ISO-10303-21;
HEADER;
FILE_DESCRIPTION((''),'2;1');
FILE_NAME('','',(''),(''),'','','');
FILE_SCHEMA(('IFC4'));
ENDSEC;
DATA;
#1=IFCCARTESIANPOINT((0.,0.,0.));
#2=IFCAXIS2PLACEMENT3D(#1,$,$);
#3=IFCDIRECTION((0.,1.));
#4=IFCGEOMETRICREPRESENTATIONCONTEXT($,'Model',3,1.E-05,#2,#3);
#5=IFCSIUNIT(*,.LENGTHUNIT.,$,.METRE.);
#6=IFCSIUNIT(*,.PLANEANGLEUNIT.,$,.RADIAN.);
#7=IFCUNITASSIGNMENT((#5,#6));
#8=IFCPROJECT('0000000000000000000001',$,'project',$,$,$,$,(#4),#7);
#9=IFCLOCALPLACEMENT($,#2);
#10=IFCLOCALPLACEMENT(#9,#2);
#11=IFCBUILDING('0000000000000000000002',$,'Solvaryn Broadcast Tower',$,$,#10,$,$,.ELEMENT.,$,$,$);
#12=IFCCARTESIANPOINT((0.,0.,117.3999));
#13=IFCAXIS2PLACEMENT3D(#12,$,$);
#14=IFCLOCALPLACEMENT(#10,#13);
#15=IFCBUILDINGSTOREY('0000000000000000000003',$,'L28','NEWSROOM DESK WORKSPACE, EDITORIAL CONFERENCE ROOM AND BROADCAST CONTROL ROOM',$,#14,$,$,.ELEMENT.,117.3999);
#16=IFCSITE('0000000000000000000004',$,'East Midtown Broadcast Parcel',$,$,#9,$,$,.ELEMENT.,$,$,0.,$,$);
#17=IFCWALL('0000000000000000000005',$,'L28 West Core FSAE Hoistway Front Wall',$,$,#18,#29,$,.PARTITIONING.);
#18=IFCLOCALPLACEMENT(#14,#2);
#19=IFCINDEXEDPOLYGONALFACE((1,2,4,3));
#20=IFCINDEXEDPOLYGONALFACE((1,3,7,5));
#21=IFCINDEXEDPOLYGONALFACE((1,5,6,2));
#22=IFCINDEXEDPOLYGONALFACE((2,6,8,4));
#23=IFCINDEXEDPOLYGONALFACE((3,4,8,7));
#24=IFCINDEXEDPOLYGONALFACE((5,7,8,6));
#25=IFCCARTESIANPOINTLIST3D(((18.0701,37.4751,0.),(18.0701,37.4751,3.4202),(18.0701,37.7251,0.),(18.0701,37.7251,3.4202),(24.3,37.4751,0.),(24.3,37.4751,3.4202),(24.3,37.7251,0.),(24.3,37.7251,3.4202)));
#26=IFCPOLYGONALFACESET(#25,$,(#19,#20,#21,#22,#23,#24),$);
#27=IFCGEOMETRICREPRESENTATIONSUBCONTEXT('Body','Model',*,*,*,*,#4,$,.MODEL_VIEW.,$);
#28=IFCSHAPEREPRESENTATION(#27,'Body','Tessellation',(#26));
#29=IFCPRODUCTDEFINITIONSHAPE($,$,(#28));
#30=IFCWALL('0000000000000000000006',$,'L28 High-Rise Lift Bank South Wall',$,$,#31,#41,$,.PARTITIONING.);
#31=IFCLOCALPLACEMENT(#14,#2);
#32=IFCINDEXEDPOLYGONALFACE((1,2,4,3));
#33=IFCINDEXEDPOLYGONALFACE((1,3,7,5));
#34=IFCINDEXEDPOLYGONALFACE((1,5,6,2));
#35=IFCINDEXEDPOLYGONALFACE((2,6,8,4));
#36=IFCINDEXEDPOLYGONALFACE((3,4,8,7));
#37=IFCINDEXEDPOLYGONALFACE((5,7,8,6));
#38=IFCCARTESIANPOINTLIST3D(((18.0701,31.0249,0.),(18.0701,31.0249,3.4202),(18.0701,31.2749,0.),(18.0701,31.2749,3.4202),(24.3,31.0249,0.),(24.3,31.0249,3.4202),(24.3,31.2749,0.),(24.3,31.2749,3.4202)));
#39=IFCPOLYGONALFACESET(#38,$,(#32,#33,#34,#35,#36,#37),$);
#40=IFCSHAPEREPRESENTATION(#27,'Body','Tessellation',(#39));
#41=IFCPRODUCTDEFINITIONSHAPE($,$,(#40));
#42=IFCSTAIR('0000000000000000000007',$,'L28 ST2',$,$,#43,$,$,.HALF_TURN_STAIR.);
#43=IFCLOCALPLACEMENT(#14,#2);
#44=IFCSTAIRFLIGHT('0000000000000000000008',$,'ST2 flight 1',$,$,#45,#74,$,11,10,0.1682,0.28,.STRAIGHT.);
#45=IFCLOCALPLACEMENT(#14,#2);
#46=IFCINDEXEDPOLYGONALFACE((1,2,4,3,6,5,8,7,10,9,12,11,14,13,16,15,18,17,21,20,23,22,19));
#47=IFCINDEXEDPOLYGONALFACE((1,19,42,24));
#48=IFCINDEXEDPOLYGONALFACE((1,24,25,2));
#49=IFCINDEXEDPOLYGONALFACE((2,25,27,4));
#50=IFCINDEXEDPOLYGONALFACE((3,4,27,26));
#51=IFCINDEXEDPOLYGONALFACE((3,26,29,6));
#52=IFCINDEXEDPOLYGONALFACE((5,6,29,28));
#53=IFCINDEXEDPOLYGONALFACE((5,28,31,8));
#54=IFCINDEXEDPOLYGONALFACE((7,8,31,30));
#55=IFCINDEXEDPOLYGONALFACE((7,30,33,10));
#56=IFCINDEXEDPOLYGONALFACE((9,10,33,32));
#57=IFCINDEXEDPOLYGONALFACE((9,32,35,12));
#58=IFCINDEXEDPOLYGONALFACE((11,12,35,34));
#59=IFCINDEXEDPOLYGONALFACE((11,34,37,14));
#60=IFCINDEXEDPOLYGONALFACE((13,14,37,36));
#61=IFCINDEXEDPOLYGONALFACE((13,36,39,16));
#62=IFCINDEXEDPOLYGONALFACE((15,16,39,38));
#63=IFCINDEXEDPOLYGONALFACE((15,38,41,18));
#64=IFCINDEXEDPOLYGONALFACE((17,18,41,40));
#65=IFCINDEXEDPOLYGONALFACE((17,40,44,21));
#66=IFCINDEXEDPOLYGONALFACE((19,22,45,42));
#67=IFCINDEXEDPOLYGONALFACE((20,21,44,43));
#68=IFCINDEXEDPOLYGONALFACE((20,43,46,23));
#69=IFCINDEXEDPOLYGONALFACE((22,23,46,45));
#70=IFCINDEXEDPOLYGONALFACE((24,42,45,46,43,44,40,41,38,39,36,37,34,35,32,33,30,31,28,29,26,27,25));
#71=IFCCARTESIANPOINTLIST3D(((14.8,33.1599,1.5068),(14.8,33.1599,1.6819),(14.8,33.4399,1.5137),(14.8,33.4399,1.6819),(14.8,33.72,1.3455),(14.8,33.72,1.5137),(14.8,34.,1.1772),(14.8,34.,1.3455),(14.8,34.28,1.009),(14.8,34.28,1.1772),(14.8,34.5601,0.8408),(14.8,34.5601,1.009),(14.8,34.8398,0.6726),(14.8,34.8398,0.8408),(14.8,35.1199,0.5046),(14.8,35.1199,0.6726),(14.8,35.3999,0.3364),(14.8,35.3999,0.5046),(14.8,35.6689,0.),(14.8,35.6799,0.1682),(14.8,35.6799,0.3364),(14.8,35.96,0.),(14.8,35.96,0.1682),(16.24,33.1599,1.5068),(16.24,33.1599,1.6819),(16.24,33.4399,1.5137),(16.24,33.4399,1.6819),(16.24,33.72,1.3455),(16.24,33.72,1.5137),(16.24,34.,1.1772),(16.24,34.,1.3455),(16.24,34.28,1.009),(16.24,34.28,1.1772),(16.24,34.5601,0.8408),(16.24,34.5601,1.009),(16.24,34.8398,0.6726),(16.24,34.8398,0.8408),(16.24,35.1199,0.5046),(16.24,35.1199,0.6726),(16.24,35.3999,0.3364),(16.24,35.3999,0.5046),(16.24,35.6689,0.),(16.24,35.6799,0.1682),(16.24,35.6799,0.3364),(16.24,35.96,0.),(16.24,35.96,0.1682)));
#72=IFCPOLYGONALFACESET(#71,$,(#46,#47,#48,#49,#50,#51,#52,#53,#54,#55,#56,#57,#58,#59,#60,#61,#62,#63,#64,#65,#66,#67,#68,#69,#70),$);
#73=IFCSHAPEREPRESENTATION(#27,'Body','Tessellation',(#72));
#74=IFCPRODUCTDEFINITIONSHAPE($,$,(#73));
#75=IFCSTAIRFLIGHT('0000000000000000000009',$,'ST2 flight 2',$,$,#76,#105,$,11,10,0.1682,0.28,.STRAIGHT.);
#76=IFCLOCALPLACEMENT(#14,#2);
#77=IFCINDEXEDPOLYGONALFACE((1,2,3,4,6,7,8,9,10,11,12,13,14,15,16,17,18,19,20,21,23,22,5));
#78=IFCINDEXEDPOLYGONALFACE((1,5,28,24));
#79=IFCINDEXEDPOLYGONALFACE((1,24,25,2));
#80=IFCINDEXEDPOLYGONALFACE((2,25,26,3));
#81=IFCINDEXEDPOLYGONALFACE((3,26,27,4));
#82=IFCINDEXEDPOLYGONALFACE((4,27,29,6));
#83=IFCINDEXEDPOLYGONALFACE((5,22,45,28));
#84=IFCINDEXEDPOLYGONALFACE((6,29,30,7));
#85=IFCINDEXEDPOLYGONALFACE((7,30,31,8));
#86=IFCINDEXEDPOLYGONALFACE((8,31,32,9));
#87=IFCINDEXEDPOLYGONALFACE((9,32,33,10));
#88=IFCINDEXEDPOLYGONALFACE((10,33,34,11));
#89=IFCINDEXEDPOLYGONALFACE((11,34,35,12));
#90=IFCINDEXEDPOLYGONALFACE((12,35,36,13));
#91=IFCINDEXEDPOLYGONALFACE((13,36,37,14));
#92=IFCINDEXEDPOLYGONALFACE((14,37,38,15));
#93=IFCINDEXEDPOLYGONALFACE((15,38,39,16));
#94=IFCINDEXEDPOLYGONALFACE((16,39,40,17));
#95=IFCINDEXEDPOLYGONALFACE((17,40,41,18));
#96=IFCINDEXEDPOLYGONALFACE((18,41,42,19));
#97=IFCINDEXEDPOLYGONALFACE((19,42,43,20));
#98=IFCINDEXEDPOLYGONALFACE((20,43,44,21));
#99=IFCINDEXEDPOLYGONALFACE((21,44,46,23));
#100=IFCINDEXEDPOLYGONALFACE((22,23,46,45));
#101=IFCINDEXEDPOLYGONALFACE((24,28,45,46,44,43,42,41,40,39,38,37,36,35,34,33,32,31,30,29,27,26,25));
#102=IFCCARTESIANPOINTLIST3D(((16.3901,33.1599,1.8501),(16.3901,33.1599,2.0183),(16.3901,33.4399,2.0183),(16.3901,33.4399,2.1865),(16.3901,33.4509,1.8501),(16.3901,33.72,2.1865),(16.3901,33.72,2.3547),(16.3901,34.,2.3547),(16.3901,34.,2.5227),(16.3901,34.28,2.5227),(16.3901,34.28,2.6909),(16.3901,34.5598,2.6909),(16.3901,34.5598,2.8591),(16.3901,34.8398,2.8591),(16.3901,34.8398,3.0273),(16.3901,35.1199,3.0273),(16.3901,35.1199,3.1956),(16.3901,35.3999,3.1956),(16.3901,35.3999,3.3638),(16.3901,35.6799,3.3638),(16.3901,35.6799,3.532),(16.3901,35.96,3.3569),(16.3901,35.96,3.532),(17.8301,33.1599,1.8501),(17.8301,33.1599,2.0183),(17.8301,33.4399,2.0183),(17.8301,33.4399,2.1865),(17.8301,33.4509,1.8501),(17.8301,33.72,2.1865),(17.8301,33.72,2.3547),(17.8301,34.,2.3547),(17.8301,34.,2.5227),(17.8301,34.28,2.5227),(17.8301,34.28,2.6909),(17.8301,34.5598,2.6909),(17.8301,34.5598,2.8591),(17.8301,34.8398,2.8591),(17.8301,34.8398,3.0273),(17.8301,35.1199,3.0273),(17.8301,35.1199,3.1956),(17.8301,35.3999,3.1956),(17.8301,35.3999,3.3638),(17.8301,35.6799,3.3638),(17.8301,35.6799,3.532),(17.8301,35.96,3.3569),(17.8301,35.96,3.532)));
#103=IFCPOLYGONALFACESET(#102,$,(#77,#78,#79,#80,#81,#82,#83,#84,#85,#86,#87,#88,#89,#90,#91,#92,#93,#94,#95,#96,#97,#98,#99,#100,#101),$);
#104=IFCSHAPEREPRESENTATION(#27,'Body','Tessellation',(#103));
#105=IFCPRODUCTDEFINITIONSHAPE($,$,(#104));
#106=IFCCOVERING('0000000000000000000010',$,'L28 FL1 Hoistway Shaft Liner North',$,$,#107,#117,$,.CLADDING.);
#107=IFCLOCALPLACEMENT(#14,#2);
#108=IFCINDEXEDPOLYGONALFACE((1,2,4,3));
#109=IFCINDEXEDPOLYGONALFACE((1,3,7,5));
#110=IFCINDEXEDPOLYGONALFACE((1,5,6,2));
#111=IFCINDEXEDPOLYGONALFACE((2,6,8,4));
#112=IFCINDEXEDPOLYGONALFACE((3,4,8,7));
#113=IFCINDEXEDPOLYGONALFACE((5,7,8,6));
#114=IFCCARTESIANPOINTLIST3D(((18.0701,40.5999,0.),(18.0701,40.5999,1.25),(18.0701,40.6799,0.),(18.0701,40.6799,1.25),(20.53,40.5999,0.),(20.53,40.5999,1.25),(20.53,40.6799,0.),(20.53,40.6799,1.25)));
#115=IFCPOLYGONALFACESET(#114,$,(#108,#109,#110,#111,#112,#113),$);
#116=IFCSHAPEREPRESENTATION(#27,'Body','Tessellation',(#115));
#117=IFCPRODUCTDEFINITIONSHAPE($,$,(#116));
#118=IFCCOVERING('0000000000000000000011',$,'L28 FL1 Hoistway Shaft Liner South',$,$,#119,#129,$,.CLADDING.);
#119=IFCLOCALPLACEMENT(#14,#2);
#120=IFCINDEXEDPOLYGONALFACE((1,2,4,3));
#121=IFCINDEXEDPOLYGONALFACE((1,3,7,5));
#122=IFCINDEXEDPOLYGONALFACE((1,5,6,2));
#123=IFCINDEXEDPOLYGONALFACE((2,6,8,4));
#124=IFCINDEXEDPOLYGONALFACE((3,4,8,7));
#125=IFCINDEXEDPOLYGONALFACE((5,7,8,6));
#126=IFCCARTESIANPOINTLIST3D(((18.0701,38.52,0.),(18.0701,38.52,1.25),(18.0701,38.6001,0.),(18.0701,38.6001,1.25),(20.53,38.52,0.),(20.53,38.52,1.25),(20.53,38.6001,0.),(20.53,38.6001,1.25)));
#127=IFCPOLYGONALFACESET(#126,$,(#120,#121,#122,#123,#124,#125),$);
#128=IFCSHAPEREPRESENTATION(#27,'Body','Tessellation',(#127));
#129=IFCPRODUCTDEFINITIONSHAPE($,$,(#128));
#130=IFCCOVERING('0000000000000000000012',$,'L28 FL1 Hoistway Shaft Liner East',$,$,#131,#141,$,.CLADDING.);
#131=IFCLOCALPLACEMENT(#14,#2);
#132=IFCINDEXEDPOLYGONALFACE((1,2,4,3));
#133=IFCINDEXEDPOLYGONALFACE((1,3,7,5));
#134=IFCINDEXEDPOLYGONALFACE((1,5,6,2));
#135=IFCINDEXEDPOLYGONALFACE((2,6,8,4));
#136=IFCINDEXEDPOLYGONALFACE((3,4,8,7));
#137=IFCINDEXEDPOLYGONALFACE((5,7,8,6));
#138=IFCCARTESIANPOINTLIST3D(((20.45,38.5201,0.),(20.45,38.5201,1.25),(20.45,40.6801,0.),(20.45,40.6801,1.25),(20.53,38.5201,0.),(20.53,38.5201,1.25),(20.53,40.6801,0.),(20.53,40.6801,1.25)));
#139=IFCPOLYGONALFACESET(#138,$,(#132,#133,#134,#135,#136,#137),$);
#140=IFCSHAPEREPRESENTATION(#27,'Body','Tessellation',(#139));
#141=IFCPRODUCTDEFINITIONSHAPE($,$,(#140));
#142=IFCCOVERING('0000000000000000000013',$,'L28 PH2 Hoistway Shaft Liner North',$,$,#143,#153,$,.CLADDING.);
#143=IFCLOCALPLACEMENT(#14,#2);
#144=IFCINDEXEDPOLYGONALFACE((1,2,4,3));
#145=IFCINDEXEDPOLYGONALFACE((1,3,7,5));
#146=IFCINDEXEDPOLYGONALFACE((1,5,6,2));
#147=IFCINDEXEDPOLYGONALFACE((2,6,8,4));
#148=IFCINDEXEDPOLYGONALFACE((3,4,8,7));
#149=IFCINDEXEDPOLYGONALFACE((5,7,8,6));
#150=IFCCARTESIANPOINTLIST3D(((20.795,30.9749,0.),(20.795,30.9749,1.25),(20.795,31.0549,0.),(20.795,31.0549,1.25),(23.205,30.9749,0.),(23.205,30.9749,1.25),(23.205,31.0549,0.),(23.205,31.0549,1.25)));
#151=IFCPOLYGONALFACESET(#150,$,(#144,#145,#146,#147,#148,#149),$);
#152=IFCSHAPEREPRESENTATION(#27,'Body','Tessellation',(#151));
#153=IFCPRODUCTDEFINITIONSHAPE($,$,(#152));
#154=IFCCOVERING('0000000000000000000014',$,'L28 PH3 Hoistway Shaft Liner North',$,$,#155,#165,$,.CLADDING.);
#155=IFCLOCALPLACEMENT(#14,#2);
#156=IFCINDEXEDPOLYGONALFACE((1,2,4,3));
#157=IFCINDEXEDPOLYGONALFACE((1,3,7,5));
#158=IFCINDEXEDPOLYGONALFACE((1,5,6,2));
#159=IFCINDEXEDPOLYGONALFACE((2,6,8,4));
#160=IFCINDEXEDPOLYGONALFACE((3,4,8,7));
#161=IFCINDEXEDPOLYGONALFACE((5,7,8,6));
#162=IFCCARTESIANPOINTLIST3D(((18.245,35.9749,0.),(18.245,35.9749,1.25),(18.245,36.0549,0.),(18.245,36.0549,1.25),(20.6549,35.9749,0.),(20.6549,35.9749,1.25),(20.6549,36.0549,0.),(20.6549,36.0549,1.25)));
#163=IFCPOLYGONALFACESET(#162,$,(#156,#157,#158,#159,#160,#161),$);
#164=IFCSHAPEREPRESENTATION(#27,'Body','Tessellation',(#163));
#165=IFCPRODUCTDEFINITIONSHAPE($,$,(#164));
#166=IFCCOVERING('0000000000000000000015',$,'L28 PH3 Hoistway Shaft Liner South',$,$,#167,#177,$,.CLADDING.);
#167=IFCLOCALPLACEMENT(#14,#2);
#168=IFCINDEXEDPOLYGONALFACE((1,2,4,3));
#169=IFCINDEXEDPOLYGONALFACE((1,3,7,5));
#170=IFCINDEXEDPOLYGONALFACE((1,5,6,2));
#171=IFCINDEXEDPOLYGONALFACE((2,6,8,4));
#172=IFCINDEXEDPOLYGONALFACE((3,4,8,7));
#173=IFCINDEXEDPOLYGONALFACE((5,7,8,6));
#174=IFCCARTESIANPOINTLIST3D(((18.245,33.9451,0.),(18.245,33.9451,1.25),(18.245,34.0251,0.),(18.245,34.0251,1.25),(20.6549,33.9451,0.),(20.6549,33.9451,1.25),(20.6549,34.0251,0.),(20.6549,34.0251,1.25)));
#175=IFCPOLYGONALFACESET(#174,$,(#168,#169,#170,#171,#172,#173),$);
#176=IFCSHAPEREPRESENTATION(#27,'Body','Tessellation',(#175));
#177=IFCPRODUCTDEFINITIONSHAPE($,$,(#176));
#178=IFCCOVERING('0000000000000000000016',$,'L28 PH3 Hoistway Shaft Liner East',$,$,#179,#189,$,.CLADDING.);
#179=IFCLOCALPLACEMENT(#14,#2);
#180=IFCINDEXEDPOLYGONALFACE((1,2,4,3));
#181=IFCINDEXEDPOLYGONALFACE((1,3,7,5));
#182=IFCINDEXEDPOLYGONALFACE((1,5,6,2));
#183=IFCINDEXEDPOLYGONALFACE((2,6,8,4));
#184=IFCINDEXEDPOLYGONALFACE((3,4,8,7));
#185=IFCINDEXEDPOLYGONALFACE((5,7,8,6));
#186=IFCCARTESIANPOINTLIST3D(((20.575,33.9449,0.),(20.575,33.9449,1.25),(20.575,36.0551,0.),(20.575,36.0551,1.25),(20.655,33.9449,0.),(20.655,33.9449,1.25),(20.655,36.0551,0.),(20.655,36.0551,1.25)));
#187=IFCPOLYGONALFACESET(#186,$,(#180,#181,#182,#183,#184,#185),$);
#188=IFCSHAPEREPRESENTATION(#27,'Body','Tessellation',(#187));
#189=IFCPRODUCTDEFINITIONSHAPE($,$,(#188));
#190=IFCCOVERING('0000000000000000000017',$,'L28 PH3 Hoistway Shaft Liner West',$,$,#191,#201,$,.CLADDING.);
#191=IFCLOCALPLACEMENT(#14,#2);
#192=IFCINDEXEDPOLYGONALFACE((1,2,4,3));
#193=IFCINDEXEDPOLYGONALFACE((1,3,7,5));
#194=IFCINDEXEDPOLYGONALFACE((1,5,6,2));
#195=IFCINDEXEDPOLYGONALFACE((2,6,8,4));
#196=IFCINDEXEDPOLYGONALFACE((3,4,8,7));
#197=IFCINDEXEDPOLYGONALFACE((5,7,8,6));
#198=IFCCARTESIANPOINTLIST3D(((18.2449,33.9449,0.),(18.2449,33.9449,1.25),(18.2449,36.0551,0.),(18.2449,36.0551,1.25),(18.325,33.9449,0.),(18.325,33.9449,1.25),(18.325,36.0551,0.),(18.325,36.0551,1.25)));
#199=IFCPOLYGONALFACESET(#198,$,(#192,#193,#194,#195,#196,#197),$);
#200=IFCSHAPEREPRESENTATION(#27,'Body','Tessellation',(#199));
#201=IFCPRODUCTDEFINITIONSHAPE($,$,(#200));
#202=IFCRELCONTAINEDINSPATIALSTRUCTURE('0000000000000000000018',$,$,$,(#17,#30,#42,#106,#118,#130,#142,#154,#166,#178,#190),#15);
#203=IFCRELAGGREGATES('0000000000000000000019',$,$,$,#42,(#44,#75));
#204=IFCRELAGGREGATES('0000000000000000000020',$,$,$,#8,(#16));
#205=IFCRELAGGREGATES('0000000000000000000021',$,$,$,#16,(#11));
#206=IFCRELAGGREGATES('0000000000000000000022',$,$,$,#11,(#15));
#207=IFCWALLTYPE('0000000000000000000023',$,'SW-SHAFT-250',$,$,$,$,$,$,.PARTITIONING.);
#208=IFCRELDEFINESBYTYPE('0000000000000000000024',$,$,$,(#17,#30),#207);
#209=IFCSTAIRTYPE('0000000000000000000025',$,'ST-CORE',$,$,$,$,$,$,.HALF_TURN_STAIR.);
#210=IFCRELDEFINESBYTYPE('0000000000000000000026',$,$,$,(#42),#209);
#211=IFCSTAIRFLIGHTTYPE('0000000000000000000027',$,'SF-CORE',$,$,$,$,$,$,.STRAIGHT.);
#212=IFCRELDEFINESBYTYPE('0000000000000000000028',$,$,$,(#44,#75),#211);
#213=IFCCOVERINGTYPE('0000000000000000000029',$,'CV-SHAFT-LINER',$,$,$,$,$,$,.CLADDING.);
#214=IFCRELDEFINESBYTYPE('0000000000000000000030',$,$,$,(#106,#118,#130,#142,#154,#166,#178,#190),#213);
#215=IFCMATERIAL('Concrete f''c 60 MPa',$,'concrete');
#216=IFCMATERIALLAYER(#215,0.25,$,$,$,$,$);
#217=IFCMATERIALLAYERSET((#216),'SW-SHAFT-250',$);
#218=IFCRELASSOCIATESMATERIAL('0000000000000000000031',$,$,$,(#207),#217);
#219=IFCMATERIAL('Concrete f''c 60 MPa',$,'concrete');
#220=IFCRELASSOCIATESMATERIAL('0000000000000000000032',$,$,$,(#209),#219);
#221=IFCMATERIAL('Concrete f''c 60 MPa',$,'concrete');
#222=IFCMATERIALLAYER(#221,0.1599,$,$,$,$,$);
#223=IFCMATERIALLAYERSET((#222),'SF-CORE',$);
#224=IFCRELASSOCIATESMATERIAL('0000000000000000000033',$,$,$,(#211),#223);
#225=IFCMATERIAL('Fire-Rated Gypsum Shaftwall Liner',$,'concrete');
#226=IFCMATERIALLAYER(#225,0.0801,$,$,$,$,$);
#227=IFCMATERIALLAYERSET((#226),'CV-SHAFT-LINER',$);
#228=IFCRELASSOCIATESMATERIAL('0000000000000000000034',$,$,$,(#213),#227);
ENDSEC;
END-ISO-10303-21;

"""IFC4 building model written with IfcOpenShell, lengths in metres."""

from ifc_helpers import new_model, si_unit, direction, frame, frame_2d, origin, origin_2d, place, context, subcontext, project, spatial, polyline, rectangle, outline, extrude, material, layer, layer_set, type_object, element, aggregate, save


model = new_model("IFC4")

# Units and contexts
model_context = context("Model", 3, precision=1e-05, world=origin(), true_north=direction((0.0, 1.0)))
body_context = subcontext(model_context, "Body", "Model", "MODEL_VIEW")
ifc_project = project(units=[si_unit("LENGTHUNIT", "METRE"), si_unit("PLANEANGLEUNIT", "RADIAN")], contexts=[model_context])

# Site, building, storey
site_placement = place(None, origin())
site = spatial("IfcSite", under=ifc_project, at=site_placement, Name="East Midtown Broadcast Parcel", CompositionType="ELEMENT", RefElevation=0.0)
building_placement = place(site_placement, origin())
building = spatial("IfcBuilding", under=site, at=building_placement, Name="Solvaryn Broadcast Tower", CompositionType="ELEMENT")
storey_placement = place(building_placement, frame((0.0, 0.0, 117.3999)))
storey = spatial("IfcBuildingStorey", under=building, at=storey_placement, Name="L28", Description="NEWSROOM DESK WORKSPACE, EDITORIAL CONFERENCE ROOM AND BROADCAST CONTROL ROOM", CompositionType="ELEMENT", Elevation=117.3999)

# Walls
ifc_material_1 = material(Name="Concrete f'c 60 MPa", Category="concrete")
ifc_layer_1 = layer(ifc_material_1, 0.25)
ifc_layer_set_1 = layer_set([ifc_layer_1], Name="SW-SHAFT-250")
wall_type_1 = type_object("IfcWallType", Name="SW-SHAFT-250", PredefinedType="PARTITIONING", material=ifc_layer_set_1)
for number, where, z_axis, x_axis, name in (
    (1, (18.0701, 37.6001, 0.0), (0.0, 0.0, 1.0), (1.0, 0.0, 0.0), "L28 West Core FSAE Hoistway Front Wall"),
    (2, (18.0701, 31.1499, 0.0), (0.0, 0.0, 1.0), (1.0, 0.0, 0.0), "L28 High-Rise Lift Bank South Wall"),
):
    element("IfcWall", number, at=place(storey_placement, frame(where, z_axis=z_axis, x_axis=x_axis)), inside=storey, type_object=wall_type_1, Name=name, PredefinedType="PARTITIONING", context=body_context, shape_type="SweptSolid", body=[
        extrude(rectangle(XDim=6.23, YDim=0.25, at=frame_2d((3.115, 0.0))), origin(), (0.0, 0.0, 1.0), 3.4202),
    ])

# Stair, stair flights
ifc_material_2 = material(Name="Concrete f'c 60 MPa", Category="concrete")
stair_type = type_object("IfcStairType", Name="ST-CORE", PredefinedType="HALF_TURN_STAIR", material=ifc_material_2)
stair_placement = place(storey_placement, origin())
stair = element("IfcStair", 3, at=stair_placement, inside=storey, type_object=stair_type, Name="L28 ST2", PredefinedType="HALF_TURN_STAIR")
ifc_material_3 = material(Name="Concrete f'c 60 MPa", Category="concrete")
ifc_layer_2 = layer(ifc_material_3, 0.1599)
ifc_layer_set_2 = layer_set([ifc_layer_2], Name="SF-CORE")
stair_flight_type = type_object("IfcStairFlightType", Name="SF-CORE", PredefinedType="STRAIGHT", material=ifc_layer_set_2)
stair_flight_1_placement = place(storey_placement, frame((15.52, 35.96, 0.0), z_axis=(0.0, 0.0, 1.0), x_axis=(0.0, -1.0, 0.0)))
stair_flight_1 = element("IfcStairFlight", 4, at=stair_flight_1_placement, type_object=stair_flight_type, Name="ST2 flight 1", NumberOfRisers=11, NumberOfTreads=10, PredefinedType="STRAIGHT", RiserHeight=0.1682, TreadLength=0.28, context=body_context, shape_type="SweptSolid", body=[
    extrude(outline(polyline([(0.0, 0.0), (0.0, 0.1682), (0.28, 0.1682), (0.28, 0.3364), (0.5601, 0.3364), (0.5601, 0.5046), (0.8401, 0.5046), (0.8401, 0.6726), (1.1201, 0.6726), (1.1201, 0.8408), (1.3999, 0.8408), (1.3999, 1.009), (1.6799, 1.009), (1.6799, 1.1772), (1.96, 1.1772), (1.96, 1.3455), (2.24, 1.3455), (2.24, 1.5137), (2.52, 1.5137), (2.52, 1.6819), (2.8, 1.6819), (2.8, 1.8501), (2.8, 1.5068), (0.291, 0.0), (0.0, 0.0)])), frame((0.0, 0.72, 0.0), z_axis=(0.0, -1.0, 0.0), x_axis=(1.0, 0.0, 0.0)), (0.0, 0.0, 1.0), 1.4399),
])
stair_flight_2_placement = place(storey_placement, frame((17.1101, 33.1599, 1.8501), z_axis=(0.0, 0.0, 1.0), x_axis=(0.0, 1.0, 0.0)))
stair_flight_2 = element("IfcStairFlight", 5, at=stair_flight_2_placement, type_object=stair_flight_type, Name="ST2 flight 2", NumberOfRisers=11, NumberOfTreads=10, PredefinedType="STRAIGHT", RiserHeight=0.1682, TreadLength=0.28, context=body_context, shape_type="SweptSolid", body=[
    extrude(outline(polyline([(0.0, 0.0), (0.0, 0.1682), (0.28, 0.1682), (0.28, 0.3364), (0.5601, 0.3364), (0.5601, 0.5046), (0.8401, 0.5046), (0.8401, 0.6726), (1.1201, 0.6726), (1.1201, 0.8408), (1.3999, 0.8408), (1.3999, 1.009), (1.6799, 1.009), (1.6799, 1.1772), (1.96, 1.1772), (1.96, 1.3455), (2.24, 1.3455), (2.24, 1.5137), (2.52, 1.5137), (2.52, 1.6819), (2.8, 1.6819), (2.8, 1.8501), (2.8, 1.5068), (0.291, 0.0), (0.0, 0.0)])), frame((0.0, 0.72, 0.0), z_axis=(0.0, -1.0, 0.0), x_axis=(1.0, 0.0, 0.0)), (0.0, 0.0, 1.0), 1.4399),
])
aggregate(stair, [stair_flight_1, stair_flight_2])

# Coverings
ifc_material_4 = material(Name="Fire-Rated Gypsum Shaftwall Liner", Category="concrete")
ifc_layer_3 = layer(ifc_material_4, 0.0801)
ifc_layer_set_3 = layer_set([ifc_layer_3], Name="CV-SHAFT-LINER")
covering_type = type_object("IfcCoveringType", Name="CV-SHAFT-LINER", PredefinedType="CLADDING", material=ifc_layer_set_3)
for number, where, z_axis, x_axis, name in (
    (6, (19.3, 40.6399, 0.0), (0.0, 0.0, 1.0), (1.0, 0.0, 0.0), "L28 FL1 Hoistway Shaft Liner North"),
    (7, (19.3, 38.5601, 0.0), (0.0, 0.0, 1.0), (1.0, 0.0, 0.0), "L28 FL1 Hoistway Shaft Liner South"),
):
    element("IfcCovering", number, at=place(storey_placement, frame(where, z_axis=z_axis, x_axis=x_axis)), inside=storey, type_object=covering_type, Name=name, PredefinedType="CLADDING", context=body_context, shape_type="SweptSolid", body=[
        extrude(rectangle(XDim=2.46, YDim=0.0801, at=origin_2d()), origin(), (0.0, 0.0, 1.0), 1.25),
    ])
covering_1_placement = place(storey_placement, frame((20.49, 39.6001, 0.0), z_axis=(0.0, 0.0, 1.0), x_axis=(1.0, 0.0, 0.0)))
element("IfcCovering", 8, at=covering_1_placement, inside=storey, type_object=covering_type, Name="L28 FL1 Hoistway Shaft Liner East", PredefinedType="CLADDING", context=body_context, shape_type="SweptSolid", body=[
    extrude(rectangle(XDim=0.0801, YDim=2.1599, at=origin_2d()), origin(), (0.0, 0.0, 1.0), 1.25),
])
for number, where, z_axis, x_axis, name in (
    (9, (22.0, 31.0149, 0.0), (0.0, 0.0, 1.0), (1.0, 0.0, 0.0), "L28 PH2 Hoistway Shaft Liner North"),
    (10, (19.45, 36.0149, 0.0), (0.0, 0.0, 1.0), (1.0, 0.0, 0.0), "L28 PH3 Hoistway Shaft Liner North"),
    (11, (19.45, 33.9851, 0.0), (0.0, 0.0, 1.0), (1.0, 0.0, 0.0), "L28 PH3 Hoistway Shaft Liner South"),
):
    element("IfcCovering", number, at=place(storey_placement, frame(where, z_axis=z_axis, x_axis=x_axis)), inside=storey, type_object=covering_type, Name=name, PredefinedType="CLADDING", context=body_context, shape_type="SweptSolid", body=[
        extrude(rectangle(XDim=2.4099, YDim=0.0801, at=origin_2d()), origin(), (0.0, 0.0, 1.0), 1.25),
    ])
for number, where, z_axis, x_axis, name in (
    (12, (20.615, 35.0, 0.0), (0.0, 0.0, 1.0), (1.0, 0.0, 0.0), "L28 PH3 Hoistway Shaft Liner East"),
    (13, (18.2849, 35.0, 0.0), (0.0, 0.0, 1.0), (1.0, 0.0, 0.0), "L28 PH3 Hoistway Shaft Liner West"),
):
    element("IfcCovering", number, at=place(storey_placement, frame(where, z_axis=z_axis, x_axis=x_axis)), inside=storey, type_object=covering_type, Name=name, PredefinedType="CLADDING", context=body_context, shape_type="SweptSolid", body=[
        extrude(rectangle(XDim=0.0801, YDim=2.1101, at=origin_2d()), origin(), (0.0, 0.0, 1.0), 1.25),
    ])

save(model, "model.ifc")
